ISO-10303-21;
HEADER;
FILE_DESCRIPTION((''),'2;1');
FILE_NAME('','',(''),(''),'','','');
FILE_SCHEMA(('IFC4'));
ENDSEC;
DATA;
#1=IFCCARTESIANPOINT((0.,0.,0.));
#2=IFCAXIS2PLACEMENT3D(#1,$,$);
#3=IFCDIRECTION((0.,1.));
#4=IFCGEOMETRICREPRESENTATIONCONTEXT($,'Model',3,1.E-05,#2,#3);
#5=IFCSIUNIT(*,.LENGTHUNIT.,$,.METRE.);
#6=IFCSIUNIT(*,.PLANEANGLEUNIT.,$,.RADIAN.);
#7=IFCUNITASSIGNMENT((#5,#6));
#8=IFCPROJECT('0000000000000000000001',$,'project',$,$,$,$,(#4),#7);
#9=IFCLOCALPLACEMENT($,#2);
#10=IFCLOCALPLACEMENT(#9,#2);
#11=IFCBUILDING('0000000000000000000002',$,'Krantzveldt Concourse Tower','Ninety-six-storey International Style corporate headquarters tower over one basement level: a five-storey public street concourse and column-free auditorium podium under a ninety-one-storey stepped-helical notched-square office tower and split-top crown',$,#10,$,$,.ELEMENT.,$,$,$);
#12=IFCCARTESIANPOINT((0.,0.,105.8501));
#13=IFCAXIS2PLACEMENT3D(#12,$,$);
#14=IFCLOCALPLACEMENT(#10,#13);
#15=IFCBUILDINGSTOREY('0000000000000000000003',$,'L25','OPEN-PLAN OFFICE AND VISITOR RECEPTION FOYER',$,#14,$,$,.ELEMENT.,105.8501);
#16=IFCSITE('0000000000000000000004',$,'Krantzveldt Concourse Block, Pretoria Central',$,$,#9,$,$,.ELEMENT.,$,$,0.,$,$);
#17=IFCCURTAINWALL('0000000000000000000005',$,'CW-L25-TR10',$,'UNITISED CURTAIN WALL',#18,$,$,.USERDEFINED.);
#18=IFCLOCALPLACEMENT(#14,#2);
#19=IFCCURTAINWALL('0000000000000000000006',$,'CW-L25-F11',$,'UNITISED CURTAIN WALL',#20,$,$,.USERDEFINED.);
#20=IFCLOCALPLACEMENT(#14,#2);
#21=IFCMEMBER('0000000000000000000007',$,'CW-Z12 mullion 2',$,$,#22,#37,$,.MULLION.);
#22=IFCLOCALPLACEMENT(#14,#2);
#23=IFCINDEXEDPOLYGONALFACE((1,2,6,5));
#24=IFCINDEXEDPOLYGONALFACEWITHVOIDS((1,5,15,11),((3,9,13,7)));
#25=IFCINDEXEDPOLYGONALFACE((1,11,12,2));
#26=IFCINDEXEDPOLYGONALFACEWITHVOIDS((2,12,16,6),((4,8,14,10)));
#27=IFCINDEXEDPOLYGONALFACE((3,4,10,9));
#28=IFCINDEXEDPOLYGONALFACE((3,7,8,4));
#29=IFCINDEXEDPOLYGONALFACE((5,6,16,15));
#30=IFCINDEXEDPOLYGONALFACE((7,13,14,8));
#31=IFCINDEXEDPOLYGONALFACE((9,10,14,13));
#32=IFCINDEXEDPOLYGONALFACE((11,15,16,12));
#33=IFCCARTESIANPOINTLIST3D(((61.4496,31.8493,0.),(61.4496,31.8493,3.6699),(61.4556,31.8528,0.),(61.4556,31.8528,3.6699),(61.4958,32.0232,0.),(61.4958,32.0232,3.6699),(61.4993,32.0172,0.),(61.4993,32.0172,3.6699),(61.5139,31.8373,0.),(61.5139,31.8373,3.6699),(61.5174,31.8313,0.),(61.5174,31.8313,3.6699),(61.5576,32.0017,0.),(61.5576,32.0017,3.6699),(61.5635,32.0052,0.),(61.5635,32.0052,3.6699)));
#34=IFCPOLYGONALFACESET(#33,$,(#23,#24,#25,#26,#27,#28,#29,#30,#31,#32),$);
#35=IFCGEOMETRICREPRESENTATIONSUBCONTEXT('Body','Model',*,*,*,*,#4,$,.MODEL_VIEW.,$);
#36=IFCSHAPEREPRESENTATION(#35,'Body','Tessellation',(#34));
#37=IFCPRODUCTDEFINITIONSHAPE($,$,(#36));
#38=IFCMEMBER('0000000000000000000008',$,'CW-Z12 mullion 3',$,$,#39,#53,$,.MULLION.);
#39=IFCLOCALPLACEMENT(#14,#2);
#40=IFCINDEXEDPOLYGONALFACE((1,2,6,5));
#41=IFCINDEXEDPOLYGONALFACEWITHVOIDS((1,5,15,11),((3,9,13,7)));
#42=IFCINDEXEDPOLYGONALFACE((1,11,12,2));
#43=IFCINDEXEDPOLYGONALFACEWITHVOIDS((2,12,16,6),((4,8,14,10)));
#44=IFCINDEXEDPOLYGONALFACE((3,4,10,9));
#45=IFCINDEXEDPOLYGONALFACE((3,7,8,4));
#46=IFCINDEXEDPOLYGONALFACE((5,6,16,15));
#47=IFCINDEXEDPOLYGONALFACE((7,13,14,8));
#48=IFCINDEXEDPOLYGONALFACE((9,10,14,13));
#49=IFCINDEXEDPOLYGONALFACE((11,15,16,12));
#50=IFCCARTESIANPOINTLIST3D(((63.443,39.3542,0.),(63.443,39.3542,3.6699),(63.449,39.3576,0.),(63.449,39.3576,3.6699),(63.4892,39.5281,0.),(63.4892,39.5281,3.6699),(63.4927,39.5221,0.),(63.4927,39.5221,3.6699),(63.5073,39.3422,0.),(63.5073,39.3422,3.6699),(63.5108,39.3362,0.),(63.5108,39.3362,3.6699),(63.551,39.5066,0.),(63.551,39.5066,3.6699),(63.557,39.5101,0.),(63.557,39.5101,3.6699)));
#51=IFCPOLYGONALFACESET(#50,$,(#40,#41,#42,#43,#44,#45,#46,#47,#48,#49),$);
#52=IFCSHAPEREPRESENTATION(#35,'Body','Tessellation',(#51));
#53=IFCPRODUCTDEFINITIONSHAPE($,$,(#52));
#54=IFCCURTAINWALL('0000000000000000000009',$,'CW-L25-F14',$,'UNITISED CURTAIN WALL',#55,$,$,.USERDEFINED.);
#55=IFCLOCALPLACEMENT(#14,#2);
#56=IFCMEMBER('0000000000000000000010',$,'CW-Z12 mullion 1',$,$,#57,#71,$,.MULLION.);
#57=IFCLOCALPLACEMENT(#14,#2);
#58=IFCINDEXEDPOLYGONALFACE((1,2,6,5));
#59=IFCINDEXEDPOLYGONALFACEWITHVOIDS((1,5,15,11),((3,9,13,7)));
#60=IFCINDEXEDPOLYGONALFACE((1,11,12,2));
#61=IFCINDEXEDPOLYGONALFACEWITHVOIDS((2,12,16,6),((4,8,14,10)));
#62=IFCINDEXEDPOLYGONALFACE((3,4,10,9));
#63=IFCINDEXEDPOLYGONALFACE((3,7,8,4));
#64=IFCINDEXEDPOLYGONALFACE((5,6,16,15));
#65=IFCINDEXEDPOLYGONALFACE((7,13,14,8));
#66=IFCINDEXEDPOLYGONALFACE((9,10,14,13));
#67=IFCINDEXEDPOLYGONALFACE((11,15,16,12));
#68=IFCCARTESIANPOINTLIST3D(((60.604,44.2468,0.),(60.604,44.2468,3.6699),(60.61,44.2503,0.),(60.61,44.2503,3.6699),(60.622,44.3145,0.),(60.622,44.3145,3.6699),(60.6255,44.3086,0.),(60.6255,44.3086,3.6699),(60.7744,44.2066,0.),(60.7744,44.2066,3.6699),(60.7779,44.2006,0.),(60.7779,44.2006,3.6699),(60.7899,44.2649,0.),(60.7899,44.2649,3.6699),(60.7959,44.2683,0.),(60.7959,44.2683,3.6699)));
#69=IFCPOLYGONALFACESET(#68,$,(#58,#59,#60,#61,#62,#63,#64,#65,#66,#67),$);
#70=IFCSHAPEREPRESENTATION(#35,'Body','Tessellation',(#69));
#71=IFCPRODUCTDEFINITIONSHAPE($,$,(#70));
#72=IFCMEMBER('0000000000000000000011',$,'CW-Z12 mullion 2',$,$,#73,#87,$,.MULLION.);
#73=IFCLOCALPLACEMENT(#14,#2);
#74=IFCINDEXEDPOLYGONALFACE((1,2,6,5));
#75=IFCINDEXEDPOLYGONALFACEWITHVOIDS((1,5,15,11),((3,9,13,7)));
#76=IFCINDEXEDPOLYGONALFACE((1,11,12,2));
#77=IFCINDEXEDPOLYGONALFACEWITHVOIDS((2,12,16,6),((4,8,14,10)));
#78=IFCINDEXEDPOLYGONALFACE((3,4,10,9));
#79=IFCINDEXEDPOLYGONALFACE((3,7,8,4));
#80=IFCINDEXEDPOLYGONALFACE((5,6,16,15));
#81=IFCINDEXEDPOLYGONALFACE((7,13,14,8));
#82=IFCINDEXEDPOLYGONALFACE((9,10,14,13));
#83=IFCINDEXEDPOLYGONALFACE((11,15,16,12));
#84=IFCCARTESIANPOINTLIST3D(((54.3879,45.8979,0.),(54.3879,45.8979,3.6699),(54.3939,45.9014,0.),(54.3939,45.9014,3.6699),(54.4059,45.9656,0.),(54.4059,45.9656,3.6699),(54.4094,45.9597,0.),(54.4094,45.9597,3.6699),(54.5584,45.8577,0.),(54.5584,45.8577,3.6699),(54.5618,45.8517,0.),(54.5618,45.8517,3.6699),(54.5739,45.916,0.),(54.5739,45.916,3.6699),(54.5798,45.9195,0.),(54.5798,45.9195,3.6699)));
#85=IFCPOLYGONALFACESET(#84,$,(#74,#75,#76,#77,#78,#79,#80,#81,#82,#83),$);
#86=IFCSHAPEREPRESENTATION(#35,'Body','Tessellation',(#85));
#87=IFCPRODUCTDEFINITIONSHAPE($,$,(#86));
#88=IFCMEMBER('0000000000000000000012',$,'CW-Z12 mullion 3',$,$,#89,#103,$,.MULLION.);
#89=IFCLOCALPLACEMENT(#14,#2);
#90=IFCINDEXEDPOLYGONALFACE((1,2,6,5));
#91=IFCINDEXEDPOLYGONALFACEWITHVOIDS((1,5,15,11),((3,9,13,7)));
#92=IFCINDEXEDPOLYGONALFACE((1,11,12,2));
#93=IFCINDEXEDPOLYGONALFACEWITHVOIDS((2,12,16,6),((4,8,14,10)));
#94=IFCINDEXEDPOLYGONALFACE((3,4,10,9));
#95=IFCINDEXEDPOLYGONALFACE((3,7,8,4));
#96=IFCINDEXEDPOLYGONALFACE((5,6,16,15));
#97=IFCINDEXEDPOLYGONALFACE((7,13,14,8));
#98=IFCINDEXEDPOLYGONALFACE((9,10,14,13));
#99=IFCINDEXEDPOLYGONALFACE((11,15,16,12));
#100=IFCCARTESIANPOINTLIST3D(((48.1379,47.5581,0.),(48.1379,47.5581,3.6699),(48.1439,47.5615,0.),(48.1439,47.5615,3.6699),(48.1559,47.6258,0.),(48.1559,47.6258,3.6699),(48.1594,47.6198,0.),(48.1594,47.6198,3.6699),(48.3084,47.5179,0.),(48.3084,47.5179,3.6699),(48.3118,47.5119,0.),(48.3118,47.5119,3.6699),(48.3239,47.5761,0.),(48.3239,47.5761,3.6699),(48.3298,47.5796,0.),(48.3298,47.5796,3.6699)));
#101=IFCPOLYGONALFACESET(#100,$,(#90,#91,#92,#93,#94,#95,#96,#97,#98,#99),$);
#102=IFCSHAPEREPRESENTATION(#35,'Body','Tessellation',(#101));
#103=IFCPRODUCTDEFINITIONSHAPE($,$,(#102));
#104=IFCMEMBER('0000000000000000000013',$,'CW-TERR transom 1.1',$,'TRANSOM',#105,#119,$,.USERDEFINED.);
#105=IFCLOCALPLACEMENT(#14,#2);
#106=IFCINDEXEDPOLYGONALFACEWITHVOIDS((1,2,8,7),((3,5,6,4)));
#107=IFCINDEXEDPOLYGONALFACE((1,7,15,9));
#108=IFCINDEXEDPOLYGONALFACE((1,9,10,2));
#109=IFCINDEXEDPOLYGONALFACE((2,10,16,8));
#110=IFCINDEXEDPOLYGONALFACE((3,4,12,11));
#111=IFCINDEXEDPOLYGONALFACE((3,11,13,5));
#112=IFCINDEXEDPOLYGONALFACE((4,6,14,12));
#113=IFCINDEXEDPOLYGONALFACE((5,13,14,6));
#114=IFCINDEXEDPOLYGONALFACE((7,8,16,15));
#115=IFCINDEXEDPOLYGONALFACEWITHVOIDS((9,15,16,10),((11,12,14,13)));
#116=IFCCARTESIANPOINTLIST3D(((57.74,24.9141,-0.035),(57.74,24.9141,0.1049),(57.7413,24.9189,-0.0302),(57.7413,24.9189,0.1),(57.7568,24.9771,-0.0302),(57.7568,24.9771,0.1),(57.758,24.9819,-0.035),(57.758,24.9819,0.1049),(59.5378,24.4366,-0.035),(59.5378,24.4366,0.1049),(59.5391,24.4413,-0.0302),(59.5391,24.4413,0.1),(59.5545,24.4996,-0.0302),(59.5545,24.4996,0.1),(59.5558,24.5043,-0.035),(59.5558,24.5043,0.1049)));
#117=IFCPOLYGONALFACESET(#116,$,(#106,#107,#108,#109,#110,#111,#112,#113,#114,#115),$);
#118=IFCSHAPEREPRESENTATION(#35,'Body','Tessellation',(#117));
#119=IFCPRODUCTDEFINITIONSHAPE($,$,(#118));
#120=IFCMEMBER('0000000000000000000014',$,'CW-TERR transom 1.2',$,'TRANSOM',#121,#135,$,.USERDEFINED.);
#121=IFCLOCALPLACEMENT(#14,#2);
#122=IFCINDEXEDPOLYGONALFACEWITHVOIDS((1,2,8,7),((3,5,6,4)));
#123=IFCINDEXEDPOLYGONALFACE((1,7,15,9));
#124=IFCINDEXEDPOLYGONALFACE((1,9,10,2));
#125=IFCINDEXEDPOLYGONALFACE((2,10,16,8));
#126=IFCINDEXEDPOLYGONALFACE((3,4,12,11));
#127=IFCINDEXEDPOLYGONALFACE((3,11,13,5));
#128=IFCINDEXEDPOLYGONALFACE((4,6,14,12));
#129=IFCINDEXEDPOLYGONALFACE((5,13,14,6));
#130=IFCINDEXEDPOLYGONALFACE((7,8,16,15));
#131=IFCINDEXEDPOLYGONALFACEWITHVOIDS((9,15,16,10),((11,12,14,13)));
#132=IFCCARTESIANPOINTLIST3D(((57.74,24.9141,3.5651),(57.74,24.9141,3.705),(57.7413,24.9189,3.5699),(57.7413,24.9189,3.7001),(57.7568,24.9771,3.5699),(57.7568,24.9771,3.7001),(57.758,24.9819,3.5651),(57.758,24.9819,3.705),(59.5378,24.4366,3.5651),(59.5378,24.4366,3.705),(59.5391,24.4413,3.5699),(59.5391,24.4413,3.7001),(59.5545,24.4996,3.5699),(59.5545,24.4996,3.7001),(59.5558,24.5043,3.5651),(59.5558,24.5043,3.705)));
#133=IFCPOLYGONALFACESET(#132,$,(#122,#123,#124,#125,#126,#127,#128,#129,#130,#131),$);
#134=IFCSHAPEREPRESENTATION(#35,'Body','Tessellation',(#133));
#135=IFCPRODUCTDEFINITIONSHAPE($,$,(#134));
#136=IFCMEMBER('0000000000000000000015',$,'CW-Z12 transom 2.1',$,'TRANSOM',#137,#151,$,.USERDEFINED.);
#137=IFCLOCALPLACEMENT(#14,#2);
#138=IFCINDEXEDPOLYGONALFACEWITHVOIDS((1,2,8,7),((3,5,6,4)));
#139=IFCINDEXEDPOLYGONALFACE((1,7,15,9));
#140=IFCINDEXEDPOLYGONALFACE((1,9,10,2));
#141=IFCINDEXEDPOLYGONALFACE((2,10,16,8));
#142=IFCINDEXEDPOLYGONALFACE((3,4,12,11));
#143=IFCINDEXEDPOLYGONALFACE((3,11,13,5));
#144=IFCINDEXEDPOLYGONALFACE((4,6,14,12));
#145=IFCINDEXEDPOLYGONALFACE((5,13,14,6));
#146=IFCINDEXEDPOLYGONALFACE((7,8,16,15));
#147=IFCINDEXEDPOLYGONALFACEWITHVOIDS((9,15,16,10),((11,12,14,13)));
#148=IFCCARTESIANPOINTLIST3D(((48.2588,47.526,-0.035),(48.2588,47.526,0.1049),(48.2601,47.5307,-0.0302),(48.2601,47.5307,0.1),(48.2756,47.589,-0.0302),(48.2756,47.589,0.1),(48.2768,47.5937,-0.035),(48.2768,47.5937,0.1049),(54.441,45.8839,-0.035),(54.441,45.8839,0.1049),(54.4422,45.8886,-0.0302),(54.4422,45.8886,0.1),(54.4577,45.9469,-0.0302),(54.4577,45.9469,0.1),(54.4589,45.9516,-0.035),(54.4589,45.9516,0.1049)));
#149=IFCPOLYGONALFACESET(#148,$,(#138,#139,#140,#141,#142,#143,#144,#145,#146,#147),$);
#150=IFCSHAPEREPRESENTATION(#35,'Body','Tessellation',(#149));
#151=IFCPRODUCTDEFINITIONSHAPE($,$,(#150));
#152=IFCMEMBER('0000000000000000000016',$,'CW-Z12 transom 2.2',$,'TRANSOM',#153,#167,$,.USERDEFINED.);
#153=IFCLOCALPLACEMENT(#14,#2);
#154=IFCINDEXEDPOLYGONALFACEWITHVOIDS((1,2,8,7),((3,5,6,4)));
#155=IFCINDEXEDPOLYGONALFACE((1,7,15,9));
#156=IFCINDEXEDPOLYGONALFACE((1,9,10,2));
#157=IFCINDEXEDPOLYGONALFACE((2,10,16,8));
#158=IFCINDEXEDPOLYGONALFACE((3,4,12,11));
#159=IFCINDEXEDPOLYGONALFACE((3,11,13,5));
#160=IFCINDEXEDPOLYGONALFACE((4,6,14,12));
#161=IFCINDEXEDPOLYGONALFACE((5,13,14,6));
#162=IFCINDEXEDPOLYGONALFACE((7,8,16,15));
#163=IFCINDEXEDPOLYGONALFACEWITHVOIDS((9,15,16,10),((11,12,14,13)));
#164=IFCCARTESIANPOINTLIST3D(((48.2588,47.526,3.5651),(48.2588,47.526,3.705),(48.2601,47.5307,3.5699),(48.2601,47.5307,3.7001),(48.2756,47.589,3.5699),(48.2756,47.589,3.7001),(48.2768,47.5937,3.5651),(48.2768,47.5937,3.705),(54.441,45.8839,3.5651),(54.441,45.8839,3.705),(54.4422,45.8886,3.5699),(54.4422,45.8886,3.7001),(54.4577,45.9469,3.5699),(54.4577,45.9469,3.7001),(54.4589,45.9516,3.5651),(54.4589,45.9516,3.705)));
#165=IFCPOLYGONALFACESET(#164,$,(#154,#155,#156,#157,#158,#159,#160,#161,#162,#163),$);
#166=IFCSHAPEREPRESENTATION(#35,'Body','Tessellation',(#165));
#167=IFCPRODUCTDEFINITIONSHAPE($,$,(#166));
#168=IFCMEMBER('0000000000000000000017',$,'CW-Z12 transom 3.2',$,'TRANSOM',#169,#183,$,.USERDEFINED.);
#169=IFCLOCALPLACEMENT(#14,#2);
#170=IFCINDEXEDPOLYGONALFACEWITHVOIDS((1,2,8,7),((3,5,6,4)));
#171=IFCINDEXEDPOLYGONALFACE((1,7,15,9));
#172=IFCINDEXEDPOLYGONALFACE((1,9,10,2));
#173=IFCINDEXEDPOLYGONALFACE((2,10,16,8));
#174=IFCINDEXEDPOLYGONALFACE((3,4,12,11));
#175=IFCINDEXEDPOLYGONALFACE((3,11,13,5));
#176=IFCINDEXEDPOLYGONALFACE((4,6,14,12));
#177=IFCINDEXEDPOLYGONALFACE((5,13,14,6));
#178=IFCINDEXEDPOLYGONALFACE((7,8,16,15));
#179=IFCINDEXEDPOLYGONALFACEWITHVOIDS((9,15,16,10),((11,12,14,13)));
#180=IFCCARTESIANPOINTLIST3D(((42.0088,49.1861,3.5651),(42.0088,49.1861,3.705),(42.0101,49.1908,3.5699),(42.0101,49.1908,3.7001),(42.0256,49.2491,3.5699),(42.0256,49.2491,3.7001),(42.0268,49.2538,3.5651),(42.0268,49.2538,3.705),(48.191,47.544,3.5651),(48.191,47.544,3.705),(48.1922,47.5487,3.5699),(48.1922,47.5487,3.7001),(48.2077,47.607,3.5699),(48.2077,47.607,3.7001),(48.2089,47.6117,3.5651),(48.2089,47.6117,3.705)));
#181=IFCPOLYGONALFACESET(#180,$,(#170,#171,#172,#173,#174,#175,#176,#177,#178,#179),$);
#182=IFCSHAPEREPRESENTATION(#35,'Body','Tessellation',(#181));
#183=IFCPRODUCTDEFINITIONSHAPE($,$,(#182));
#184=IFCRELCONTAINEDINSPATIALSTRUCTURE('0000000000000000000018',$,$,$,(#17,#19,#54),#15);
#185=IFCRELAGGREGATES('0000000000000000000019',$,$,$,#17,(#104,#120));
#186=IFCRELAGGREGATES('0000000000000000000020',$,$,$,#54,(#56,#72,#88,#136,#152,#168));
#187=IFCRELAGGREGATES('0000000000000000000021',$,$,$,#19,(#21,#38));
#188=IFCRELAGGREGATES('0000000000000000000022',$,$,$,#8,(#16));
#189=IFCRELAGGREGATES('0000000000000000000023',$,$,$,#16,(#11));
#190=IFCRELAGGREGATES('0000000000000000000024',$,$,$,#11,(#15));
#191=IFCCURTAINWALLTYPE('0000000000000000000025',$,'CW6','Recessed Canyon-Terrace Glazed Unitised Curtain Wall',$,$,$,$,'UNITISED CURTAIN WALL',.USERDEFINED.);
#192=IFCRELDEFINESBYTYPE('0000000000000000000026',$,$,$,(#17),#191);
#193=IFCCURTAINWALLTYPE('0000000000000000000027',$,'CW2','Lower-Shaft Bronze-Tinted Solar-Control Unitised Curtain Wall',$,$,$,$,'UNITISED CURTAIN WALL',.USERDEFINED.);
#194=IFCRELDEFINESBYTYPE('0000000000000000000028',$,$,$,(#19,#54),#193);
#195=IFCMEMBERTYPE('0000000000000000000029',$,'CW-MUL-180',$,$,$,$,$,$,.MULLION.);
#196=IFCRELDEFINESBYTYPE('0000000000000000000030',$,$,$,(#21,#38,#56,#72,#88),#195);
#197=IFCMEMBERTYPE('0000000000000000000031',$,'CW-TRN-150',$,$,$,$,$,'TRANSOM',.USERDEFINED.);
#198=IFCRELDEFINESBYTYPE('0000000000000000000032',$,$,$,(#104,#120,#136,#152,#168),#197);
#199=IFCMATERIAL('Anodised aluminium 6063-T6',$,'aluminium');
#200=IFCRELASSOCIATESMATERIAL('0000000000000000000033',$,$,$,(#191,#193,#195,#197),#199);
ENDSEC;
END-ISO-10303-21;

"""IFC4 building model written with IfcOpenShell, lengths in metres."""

from ifc_helpers import new_model, si_unit, direction, frame, origin, origin_2d, place, context, subcontext, project, spatial, hollow_rectangle, extrude, source, transform, mapped, material, material_profile, profile_set, type_object, type_shapes, element, aggregate, save


model = new_model("IFC4")

# Units and contexts
model_context = context("Model", 3, precision=1e-05, world=origin(), true_north=direction((0.0, 1.0)))
body_context = subcontext(model_context, "Body", "Model", "MODEL_VIEW")
ifc_project = project(units=[si_unit("LENGTHUNIT", "METRE"), si_unit("PLANEANGLEUNIT", "RADIAN")], contexts=[model_context])

# Site, building, storey
site_placement = place(None, origin())
site = spatial("IfcSite", under=ifc_project, at=site_placement, Name="Krantzveldt Concourse Block, Pretoria Central", CompositionType="ELEMENT", RefElevation=0.0)
building_placement = place(site_placement, origin())
building = spatial("IfcBuilding", under=site, at=building_placement, Name="Krantzveldt Concourse Tower", Description="Ninety-six-storey International Style corporate headquarters tower over one basement level: a five-storey public street concourse and column-free auditorium podium under a ninety-one-storey stepped-helical notched-square office tower and split-top crown", CompositionType="ELEMENT")
storey_placement = place(building_placement, frame((0.0, 0.0, 105.8501)))
storey = spatial("IfcBuildingStorey", under=building, at=storey_placement, Name="L25", Description="OPEN-PLAN OFFICE AND VISITOR RECEPTION FOYER", CompositionType="ELEMENT", Elevation=105.8501)

# Curtain walls, members
ifc_material_1 = material(Name="Anodised aluminium 6063-T6", Category="aluminium")
curtain_wall_type_1 = type_object("IfcCurtainWallType", Name="CW6", Description="Recessed Canyon-Terrace Glazed Unitised Curtain Wall", ElementType="UNITISED CURTAIN WALL", PredefinedType="USERDEFINED", material=ifc_material_1)
curtain_wall_1_placement = place(storey_placement, origin())
curtain_wall_1 = element("IfcCurtainWall", 1, at=curtain_wall_1_placement, inside=storey, type_object=curtain_wall_type_1, Name="CW-L25-TR10", ObjectType="UNITISED CURTAIN WALL", PredefinedType="USERDEFINED")
ifc_material_profile_1 = material_profile(ifc_material_1, hollow_rectangle(XDim=0.0701, YDim=0.1799, WallThickness=0.0049, at=origin_2d()), Name="Anodised aluminium 6063-T6", Category="aluminium")
ifc_profile_set_1 = profile_set([ifc_material_profile_1], Name="Anodised aluminium 6063-T6 - ALU-MULL 180x70x5")
member_type_1 = type_object("IfcMemberType", Name="CW-MUL-180", PredefinedType="MULLION", material=ifc_profile_set_1)
shared_shape_1 = source(origin(), body_context, "Body", "SweptSolid", [
    extrude(hollow_rectangle(XDim=0.0701, YDim=0.1799, WallThickness=0.0049, at=origin_2d()), origin(), (0.0, 0.0, 1.0), 3.6699),
])
type_shapes(member_type_1, [shared_shape_1])
curtain_wall_type_2 = type_object("IfcCurtainWallType", Name="CW2", Description="Lower-Shaft Bronze-Tinted Solar-Control Unitised Curtain Wall", ElementType="UNITISED CURTAIN WALL", PredefinedType="USERDEFINED", material=ifc_material_1)
curtain_wall_2_placement = place(storey_placement, origin())
curtain_wall_2 = element("IfcCurtainWall", 2, at=curtain_wall_2_placement, inside=storey, type_object=curtain_wall_type_2, Name="CW-L25-F11", ObjectType="UNITISED CURTAIN WALL", PredefinedType="USERDEFINED")
member_1_placement = place(storey_placement, frame((61.5066, 31.9272, 0.0), z_axis=(0.0, 0.0, 1.0), x_axis=(-0.966488, 0.256711, 0.0)))
member_1 = element("IfcMember", 3, at=member_1_placement, type_object=member_type_1, Name="CW-Z12 mullion 2", PredefinedType="MULLION", context=body_context, shape_type="MappedRepresentation", body=[
    mapped(shared_shape_1, transform((0.0, 0.0, 0.0), x_axis=(1.0, 0.0, 0.0), y_axis=(0.0, 1.0, 0.0), z_axis=(0.0, 0.0, 1.0), scale=1.0)),
])
member_2_placement = place(storey_placement, frame((63.5, 39.4321, 0.0), z_axis=(0.0, 0.0, 1.0), x_axis=(-0.966488, 0.256711, 0.0)))
member_2 = element("IfcMember", 4, at=member_2_placement, type_object=member_type_1, Name="CW-Z12 mullion 3", PredefinedType="MULLION", context=body_context, shape_type="MappedRepresentation", body=[
    mapped(shared_shape_1, transform((0.0, 0.0, 0.0), x_axis=(1.0, 0.0, 0.0), y_axis=(0.0, 1.0, 0.0), z_axis=(0.0, 0.0, 1.0), scale=1.0)),
])
curtain_wall_3_placement = place(storey_placement, origin())
curtain_wall_3 = element("IfcCurtainWall", 5, at=curtain_wall_3_placement, inside=storey, type_object=curtain_wall_type_2, Name="CW-L25-F14", ObjectType="UNITISED CURTAIN WALL", PredefinedType="USERDEFINED")
member_3_placement = place(storey_placement, frame((60.7, 44.2576, 0.0), z_axis=(0.0, 0.0, 1.0), x_axis=(-0.256711, -0.966488, 0.0)))
member_3 = element("IfcMember", 6, at=member_3_placement, type_object=member_type_1, Name="CW-Z12 mullion 1", PredefinedType="MULLION", context=body_context, shape_type="MappedRepresentation", body=[
    mapped(shared_shape_1, transform((0.0, 0.0, 0.0), x_axis=(1.0, 0.0, 0.0), y_axis=(0.0, 1.0, 0.0), z_axis=(0.0, 0.0, 1.0), scale=1.0)),
])
member_4_placement = place(storey_placement, frame((54.4839, 45.9087, 0.0), z_axis=(0.0, 0.0, 1.0), x_axis=(-0.256711, -0.966488, 0.0)))
member_4 = element("IfcMember", 7, at=member_4_placement, type_object=member_type_1, Name="CW-Z12 mullion 2", PredefinedType="MULLION", context=body_context, shape_type="MappedRepresentation", body=[
    mapped(shared_shape_1, transform((0.0, 0.0, 0.0), x_axis=(1.0, 0.0, 0.0), y_axis=(0.0, 1.0, 0.0), z_axis=(0.0, 0.0, 1.0), scale=1.0)),
])
member_5_placement = place(storey_placement, frame((48.2339, 47.5688, 0.0), z_axis=(0.0, 0.0, 1.0), x_axis=(-0.256711, -0.966488, 0.0)))
member_5 = element("IfcMember", 8, at=member_5_placement, type_object=member_type_1, Name="CW-Z12 mullion 3", PredefinedType="MULLION", context=body_context, shape_type="MappedRepresentation", body=[
    mapped(shared_shape_1, transform((0.0, 0.0, 0.0), x_axis=(1.0, 0.0, 0.0), y_axis=(0.0, 1.0, 0.0), z_axis=(0.0, 0.0, 1.0), scale=1.0)),
])

# Members
ifc_material_profile_2 = material_profile(ifc_material_1, hollow_rectangle(XDim=0.0701, YDim=0.1399, WallThickness=0.0049, at=origin_2d()), Name="Anodised aluminium 6063-T6", Category="aluminium")
ifc_profile_set_2 = profile_set([ifc_material_profile_2], Name="Anodised aluminium 6063-T6 - ALU-TRAN 140x70x5")
member_type_2 = type_object("IfcMemberType", Name="CW-TRN-150", ElementType="TRANSOM", PredefinedType="USERDEFINED", material=ifc_profile_set_2)
shared_shape_2 = source(origin(), body_context, "Body", "SweptSolid", [
    extrude(hollow_rectangle(XDim=0.0701, YDim=0.1399, WallThickness=0.0049, at=origin_2d()), origin(), (0.0, 0.0, 1.0), 1.8601),
])
member_6_placement = place(storey_placement, frame((57.749, 24.948, 0.0349), z_axis=(0.966487, -0.256715, 0.0), x_axis=(0.256715, 0.966487, 0.0)))
member_6 = element("IfcMember", 9, at=member_6_placement, type_object=member_type_2, Name="CW-TERR transom 1.1", ObjectType="TRANSOM", PredefinedType="USERDEFINED", context=body_context, shape_type="MappedRepresentation", body=[
    mapped(shared_shape_2, transform((0.0, 0.0, 0.0), x_axis=(1.0, 0.0, 0.0), y_axis=(0.0, 1.0, 0.0), z_axis=(0.0, 0.0, 1.0), scale=1.0)),
])
member_7_placement = place(storey_placement, frame((57.749, 24.948, 3.635), z_axis=(0.966487, -0.256715, 0.0), x_axis=(0.256715, 0.966487, 0.0)))
member_7 = element("IfcMember", 10, at=member_7_placement, type_object=member_type_2, Name="CW-TERR transom 1.2", ObjectType="TRANSOM", PredefinedType="USERDEFINED", context=body_context, shape_type="MappedRepresentation", body=[
    mapped(shared_shape_2, transform((0.0, 0.0, 0.0), x_axis=(1.0, 0.0, 0.0), y_axis=(0.0, 1.0, 0.0), z_axis=(0.0, 0.0, 1.0), scale=1.0)),
])
shared_shape_3 = source(origin(), body_context, "Body", "SweptSolid", [
    extrude(hollow_rectangle(XDim=0.0701, YDim=0.1399, WallThickness=0.0049, at=origin_2d()), origin(), (0.0, 0.0, 1.0), 6.3965),
])
member_8_placement = place(storey_placement, frame((54.45, 45.9177, 0.0349), z_axis=(-0.966487, 0.256717, 0.0), x_axis=(-0.256717, -0.966487, 0.0)))
member_8 = element("IfcMember", 11, at=member_8_placement, type_object=member_type_2, Name="CW-Z12 transom 2.1", ObjectType="TRANSOM", PredefinedType="USERDEFINED", context=body_context, shape_type="MappedRepresentation", body=[
    mapped(shared_shape_3, transform((0.0, 0.0, 0.0), x_axis=(1.0, 0.0, 0.0), y_axis=(0.0, 1.0, 0.0), z_axis=(0.0, 0.0, 1.0), scale=1.0)),
])
member_9_placement = place(storey_placement, frame((54.45, 45.9177, 3.635), z_axis=(-0.966487, 0.256717, 0.0), x_axis=(-0.256717, -0.966487, 0.0)))
member_9 = element("IfcMember", 12, at=member_9_placement, type_object=member_type_2, Name="CW-Z12 transom 2.2", ObjectType="TRANSOM", PredefinedType="USERDEFINED", context=body_context, shape_type="MappedRepresentation", body=[
    mapped(shared_shape_3, transform((0.0, 0.0, 0.0), x_axis=(1.0, 0.0, 0.0), y_axis=(0.0, 1.0, 0.0), z_axis=(0.0, 0.0, 1.0), scale=1.0)),
])
member_10_placement = place(storey_placement, frame((48.2, 47.5779, 3.635), z_axis=(-0.966487, 0.256717, 0.0), x_axis=(-0.256717, -0.966487, 0.0)))
member_10 = element("IfcMember", 13, at=member_10_placement, type_object=member_type_2, Name="CW-Z12 transom 3.2", ObjectType="TRANSOM", PredefinedType="USERDEFINED", context=body_context, shape_type="MappedRepresentation", body=[
    mapped(shared_shape_3, transform((0.0, 0.0, 0.0), x_axis=(1.0, 0.0, 0.0), y_axis=(0.0, 1.0, 0.0), z_axis=(0.0, 0.0, 1.0), scale=1.0)),
])

aggregate(curtain_wall_1, [member_6, member_7])
aggregate(curtain_wall_3, [member_3, member_4, member_5, member_8, member_9, member_10])
aggregate(curtain_wall_2, [member_1, member_2])

save(model, "model.ifc")
